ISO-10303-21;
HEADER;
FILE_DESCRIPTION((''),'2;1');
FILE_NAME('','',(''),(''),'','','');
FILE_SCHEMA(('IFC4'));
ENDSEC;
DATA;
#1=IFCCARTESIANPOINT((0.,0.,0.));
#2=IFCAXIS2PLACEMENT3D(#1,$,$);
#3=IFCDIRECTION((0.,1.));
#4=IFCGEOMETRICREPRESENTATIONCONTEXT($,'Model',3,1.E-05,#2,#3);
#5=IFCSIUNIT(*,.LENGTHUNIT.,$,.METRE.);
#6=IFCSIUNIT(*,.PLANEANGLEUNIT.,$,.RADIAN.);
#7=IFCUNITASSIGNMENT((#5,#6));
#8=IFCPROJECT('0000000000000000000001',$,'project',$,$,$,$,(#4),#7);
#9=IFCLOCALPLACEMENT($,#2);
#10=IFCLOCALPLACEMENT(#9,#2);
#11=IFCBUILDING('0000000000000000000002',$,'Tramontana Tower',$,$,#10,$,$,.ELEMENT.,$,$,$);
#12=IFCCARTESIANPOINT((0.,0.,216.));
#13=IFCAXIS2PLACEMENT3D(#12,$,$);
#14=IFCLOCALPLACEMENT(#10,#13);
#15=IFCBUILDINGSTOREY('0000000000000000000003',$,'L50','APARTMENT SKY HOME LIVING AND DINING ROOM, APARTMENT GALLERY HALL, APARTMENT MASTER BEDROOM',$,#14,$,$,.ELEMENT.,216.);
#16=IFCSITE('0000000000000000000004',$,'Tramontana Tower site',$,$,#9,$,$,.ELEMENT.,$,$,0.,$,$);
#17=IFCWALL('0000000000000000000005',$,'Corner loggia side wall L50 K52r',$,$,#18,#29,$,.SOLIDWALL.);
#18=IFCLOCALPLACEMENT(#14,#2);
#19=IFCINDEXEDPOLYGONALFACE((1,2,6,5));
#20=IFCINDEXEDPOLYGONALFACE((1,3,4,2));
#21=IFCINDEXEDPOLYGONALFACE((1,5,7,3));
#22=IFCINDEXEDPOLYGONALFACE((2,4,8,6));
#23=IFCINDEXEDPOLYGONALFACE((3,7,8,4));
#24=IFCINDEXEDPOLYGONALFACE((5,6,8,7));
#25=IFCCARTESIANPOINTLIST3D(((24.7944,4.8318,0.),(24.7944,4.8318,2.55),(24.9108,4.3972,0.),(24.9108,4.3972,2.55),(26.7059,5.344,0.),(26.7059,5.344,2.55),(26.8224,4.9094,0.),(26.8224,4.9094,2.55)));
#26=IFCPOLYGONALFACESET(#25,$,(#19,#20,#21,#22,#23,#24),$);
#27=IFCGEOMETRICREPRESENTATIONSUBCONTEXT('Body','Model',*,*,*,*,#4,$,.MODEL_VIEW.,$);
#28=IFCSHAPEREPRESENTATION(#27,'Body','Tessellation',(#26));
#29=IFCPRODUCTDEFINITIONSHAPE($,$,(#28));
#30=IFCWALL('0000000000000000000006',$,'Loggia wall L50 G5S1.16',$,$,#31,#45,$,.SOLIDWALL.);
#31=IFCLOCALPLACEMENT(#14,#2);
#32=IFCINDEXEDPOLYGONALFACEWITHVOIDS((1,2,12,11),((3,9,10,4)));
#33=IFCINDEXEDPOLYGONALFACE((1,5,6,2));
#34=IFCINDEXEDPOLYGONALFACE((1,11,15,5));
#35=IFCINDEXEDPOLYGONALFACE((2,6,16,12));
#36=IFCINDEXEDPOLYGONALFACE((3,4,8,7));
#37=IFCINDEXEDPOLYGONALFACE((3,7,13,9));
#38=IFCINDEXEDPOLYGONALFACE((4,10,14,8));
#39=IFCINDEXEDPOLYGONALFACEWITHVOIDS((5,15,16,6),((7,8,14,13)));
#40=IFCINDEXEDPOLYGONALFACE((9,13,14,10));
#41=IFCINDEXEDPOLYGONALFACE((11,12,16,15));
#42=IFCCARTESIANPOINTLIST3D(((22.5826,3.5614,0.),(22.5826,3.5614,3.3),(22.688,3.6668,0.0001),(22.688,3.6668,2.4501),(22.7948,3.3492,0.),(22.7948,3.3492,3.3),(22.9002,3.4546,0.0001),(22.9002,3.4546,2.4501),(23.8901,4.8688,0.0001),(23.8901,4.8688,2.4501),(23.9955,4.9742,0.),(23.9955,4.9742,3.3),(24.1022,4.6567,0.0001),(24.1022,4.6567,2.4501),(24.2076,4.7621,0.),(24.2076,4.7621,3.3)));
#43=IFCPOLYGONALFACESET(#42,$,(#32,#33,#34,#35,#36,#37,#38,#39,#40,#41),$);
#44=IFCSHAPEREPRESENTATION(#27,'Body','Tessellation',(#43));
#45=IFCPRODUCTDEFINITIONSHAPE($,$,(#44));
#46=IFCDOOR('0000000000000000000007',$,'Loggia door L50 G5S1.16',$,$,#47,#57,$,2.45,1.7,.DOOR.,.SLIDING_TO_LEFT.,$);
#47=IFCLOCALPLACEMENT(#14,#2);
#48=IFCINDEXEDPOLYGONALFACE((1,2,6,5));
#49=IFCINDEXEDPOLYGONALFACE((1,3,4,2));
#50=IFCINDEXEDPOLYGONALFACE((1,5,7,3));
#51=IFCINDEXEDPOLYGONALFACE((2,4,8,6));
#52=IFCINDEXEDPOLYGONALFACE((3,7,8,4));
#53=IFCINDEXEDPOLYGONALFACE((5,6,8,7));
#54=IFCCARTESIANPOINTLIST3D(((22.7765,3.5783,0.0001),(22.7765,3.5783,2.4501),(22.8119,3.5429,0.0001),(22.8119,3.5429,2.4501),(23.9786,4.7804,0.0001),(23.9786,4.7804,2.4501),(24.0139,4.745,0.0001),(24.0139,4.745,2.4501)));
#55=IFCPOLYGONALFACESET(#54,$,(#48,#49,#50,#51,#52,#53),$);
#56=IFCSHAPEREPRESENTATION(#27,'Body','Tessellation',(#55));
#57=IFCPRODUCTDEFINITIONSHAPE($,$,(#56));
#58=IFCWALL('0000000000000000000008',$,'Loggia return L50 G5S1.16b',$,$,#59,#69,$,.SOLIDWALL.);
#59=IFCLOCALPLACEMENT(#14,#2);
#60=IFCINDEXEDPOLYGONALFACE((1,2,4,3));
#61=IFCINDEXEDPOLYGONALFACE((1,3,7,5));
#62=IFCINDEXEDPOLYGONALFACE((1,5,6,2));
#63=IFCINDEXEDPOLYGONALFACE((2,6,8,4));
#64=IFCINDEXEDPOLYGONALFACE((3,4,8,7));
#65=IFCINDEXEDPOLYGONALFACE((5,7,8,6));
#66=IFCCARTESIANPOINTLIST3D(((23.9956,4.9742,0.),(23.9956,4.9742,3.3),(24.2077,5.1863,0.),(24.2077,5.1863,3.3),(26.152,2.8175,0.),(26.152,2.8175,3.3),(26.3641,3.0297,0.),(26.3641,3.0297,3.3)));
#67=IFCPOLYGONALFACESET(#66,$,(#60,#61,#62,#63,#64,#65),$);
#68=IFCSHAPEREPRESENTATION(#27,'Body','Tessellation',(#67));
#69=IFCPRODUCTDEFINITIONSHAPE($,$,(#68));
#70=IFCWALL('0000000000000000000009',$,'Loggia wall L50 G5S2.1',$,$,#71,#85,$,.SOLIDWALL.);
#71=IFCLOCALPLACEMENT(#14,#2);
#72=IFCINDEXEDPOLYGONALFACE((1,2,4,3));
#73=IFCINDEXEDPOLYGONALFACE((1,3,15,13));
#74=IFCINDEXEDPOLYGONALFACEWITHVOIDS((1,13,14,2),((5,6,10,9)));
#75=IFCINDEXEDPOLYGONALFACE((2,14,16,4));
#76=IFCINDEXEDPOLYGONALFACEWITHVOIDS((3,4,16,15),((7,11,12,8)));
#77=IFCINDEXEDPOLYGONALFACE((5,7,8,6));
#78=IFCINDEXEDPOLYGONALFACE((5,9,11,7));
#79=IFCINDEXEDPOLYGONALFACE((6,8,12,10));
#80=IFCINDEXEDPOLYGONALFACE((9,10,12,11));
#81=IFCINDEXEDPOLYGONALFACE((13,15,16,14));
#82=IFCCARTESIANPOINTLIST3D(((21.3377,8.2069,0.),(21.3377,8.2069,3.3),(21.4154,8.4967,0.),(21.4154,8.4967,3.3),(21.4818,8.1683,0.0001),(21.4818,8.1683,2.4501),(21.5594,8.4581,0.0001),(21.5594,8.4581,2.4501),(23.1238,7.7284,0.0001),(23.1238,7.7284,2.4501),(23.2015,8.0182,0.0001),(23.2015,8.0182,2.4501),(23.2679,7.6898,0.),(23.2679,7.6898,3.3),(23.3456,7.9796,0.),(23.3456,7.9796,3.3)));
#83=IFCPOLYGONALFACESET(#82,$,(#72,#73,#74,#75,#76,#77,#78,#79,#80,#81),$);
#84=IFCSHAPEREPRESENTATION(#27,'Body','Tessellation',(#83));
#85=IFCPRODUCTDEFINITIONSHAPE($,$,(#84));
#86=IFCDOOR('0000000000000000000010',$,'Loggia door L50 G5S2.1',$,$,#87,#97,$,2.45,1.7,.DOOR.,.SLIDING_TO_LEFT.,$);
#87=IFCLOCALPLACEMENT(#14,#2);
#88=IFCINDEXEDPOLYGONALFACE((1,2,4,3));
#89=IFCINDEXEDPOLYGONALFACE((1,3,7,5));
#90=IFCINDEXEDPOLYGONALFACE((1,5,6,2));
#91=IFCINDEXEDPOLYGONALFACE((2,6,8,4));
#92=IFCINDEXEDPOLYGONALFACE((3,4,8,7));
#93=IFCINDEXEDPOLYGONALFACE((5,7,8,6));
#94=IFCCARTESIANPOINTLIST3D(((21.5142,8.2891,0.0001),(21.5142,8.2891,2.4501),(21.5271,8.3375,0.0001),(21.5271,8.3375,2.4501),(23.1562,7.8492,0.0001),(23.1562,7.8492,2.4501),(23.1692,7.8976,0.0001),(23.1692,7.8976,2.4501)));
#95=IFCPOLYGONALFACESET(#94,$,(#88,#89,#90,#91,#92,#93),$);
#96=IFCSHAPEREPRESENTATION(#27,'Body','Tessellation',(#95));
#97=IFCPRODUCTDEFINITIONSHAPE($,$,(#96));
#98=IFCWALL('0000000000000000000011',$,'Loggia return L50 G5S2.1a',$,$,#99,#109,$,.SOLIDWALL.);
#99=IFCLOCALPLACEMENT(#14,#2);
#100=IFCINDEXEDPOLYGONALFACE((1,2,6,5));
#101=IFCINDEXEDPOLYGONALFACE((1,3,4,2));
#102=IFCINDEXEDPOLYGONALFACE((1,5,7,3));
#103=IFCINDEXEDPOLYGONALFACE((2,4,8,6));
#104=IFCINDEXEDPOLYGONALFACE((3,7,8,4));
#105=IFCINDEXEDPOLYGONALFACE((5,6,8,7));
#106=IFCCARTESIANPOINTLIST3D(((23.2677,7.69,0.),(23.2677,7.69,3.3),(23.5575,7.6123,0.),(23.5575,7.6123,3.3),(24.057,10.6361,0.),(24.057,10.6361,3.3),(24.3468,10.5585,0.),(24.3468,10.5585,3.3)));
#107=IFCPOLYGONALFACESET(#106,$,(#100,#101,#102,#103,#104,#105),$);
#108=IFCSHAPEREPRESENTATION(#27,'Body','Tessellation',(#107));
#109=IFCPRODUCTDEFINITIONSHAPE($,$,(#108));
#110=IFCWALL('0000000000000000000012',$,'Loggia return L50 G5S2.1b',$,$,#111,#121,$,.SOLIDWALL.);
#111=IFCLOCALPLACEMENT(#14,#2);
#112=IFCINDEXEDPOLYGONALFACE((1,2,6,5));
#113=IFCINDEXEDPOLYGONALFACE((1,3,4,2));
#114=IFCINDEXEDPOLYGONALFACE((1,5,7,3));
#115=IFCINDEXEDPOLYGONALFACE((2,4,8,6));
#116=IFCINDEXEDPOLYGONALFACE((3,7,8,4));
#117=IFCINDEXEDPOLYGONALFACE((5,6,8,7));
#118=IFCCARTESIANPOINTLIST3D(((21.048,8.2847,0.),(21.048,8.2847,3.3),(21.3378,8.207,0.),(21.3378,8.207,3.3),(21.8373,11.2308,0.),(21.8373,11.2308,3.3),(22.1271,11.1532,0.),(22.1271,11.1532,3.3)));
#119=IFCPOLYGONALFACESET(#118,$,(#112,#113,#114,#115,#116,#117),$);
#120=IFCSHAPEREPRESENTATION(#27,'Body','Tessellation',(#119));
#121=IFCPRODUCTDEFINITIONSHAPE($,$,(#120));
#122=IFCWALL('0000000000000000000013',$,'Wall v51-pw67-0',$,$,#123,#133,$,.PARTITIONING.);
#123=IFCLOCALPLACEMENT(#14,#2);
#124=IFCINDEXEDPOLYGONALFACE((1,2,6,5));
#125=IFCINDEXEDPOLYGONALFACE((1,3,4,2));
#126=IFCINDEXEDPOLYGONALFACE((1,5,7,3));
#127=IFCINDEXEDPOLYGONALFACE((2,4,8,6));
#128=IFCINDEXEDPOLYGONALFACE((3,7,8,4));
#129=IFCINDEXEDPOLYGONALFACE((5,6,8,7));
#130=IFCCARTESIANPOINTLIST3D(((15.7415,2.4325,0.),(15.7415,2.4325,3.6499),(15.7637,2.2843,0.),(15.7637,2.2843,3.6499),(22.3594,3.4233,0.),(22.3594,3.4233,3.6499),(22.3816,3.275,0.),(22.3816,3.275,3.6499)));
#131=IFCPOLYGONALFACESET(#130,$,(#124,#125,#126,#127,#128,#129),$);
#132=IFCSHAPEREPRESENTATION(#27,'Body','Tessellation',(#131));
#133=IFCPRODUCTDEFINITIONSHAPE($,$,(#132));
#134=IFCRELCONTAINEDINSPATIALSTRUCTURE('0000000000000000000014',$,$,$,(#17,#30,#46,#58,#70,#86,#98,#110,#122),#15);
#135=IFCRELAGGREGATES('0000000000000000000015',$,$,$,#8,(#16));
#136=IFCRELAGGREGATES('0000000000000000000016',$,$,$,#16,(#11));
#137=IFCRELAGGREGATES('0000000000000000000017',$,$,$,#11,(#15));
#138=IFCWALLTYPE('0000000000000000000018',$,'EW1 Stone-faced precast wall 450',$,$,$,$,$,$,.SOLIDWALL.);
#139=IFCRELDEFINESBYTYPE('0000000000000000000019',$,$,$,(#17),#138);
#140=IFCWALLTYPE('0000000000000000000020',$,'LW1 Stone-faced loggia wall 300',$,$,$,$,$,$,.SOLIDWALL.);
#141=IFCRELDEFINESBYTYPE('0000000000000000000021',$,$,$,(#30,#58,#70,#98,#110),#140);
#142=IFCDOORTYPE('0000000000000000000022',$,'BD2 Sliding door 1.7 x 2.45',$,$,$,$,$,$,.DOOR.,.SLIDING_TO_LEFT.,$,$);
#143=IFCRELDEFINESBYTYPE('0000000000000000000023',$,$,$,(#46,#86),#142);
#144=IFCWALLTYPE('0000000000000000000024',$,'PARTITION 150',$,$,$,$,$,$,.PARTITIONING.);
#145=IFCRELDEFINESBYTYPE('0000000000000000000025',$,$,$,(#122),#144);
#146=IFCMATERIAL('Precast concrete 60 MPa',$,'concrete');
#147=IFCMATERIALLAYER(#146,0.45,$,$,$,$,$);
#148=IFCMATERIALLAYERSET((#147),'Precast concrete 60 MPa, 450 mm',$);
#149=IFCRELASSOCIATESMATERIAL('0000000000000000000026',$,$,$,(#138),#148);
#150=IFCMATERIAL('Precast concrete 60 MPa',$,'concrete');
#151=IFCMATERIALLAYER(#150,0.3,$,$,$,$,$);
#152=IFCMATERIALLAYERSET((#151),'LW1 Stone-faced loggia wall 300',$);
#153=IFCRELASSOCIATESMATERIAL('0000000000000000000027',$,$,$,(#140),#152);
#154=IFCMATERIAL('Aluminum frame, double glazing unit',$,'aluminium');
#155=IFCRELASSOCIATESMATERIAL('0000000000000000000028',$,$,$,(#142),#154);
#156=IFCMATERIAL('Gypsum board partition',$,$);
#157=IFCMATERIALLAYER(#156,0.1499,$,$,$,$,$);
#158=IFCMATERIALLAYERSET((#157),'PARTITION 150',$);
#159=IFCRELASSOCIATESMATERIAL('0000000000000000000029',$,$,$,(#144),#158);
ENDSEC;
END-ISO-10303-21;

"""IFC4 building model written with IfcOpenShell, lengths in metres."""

from ifc_helpers import new_model, si_unit, direction, frame, frame_2d, origin, place, context, subcontext, project, spatial, rectangle, extrude, material, layer, layer_set, type_object, element, fill, save


model = new_model("IFC4")

# Units and contexts
model_context = context("Model", 3, precision=1e-05, world=origin(), true_north=direction((0.0, 1.0)))
body_context = subcontext(model_context, "Body", "Model", "MODEL_VIEW")
ifc_project = project(units=[si_unit("LENGTHUNIT", "METRE"), si_unit("PLANEANGLEUNIT", "RADIAN")], contexts=[model_context])

# Site, building, storey
site_placement = place(None, origin())
site = spatial("IfcSite", under=ifc_project, at=site_placement, Name="Tramontana Tower site", CompositionType="ELEMENT", RefElevation=0.0)
building_placement = place(site_placement, origin())
building = spatial("IfcBuilding", under=site, at=building_placement, Name="Tramontana Tower", CompositionType="ELEMENT")
storey_placement = place(building_placement, frame((0.0, 0.0, 216.0)))
storey = spatial("IfcBuildingStorey", under=building, at=storey_placement, Name="L50", Description="APARTMENT SKY HOME LIVING AND DINING ROOM, APARTMENT GALLERY HALL, APARTMENT MASTER BEDROOM", CompositionType="ELEMENT", Elevation=216.0)

# Shared definitions
ifc_material_1 = material(Name="Precast concrete 60 MPa", Category="concrete")
ifc_layer_1 = layer(ifc_material_1, 0.45)
ifc_layer_set_1 = layer_set([ifc_layer_1], Name="Precast concrete 60 MPa, 450 mm")
wall_type_1 = type_object("IfcWallType", Name="EW1 Stone-faced precast wall 450", PredefinedType="SOLIDWALL", material=ifc_layer_set_1)

# Wall
wall_1_placement = place(storey_placement, frame((26.7642, 5.1267, 0.0), z_axis=(0.0, 0.0, 1.0), x_axis=(-0.965927, -0.258814, 0.0)))
element("IfcWall", 1, at=wall_1_placement, inside=storey, type_object=wall_type_1, Name="Corner loggia side wall L50 K52r", PredefinedType="SOLIDWALL", context=body_context, shape_type="SweptSolid", body=[
    extrude(rectangle(XDim=1.979, YDim=0.45, at=frame_2d((0.9895, 0.0))), origin(), (0.0, 0.0, 1.0), 2.55),
])

# Wall, opening, door
ifc_material_2 = material(Name="Precast concrete 60 MPa", Category="concrete")
ifc_layer_2 = layer(ifc_material_2, 0.3)
ifc_layer_set_2 = layer_set([ifc_layer_2], Name="LW1 Stone-faced loggia wall 300")
wall_type_2 = type_object("IfcWallType", Name="LW1 Stone-faced loggia wall 300", PredefinedType="SOLIDWALL", material=ifc_layer_set_2)
wall_2_placement = place(storey_placement, frame((22.6887, 3.4553, 0.0), z_axis=(0.0, 0.0, 1.0), x_axis=(0.707107, 0.707107, 0.0)))
wall_2 = element("IfcWall", 2, at=wall_2_placement, inside=storey, type_object=wall_type_2, Name="Loggia wall L50 G5S1.16", PredefinedType="SOLIDWALL", context=body_context, shape_type="SweptSolid", body=[
    extrude(rectangle(XDim=1.998, YDim=0.3, at=frame_2d((0.999, 0.0))), origin(), (0.0, 0.0, 1.0), 3.3),
])
opening_1_placement = place(wall_2_placement, frame((0.1489, 0.0, 0.0)))
opening_1 = element("IfcOpeningElement", 3, at=opening_1_placement, cuts=wall_2, PredefinedType="OPENING", context=body_context, shape_type="SweptSolid", body=[
    extrude(rectangle(XDim=1.7, YDim=2.45, at=frame_2d((0.8501, 1.2251))), frame((0.0, 0.1599, 0.0), z_axis=(0.0, -1.0, 0.0), x_axis=(1.0, 0.0, 0.0)), (0.0, 0.0, 1.0), 0.3201),
])
ifc_material_3 = material(Name="Aluminum frame, double glazing unit", Category="aluminium")
door_type_1 = type_object("IfcDoorType", Name="BD2 Sliding door 1.7 x 2.45", OperationType="SLIDING_TO_LEFT", PredefinedType="DOOR", material=ifc_material_3)
door_1_placement = place(opening_1_placement, origin())
door_1 = element("IfcDoor", 4, at=door_1_placement, inside=storey, type_object=door_type_1, Name="Loggia door L50 G5S1.16", OperationType="SLIDING_TO_LEFT", OverallHeight=2.45, OverallWidth=1.7, PredefinedType="DOOR", context=body_context, shape_type="SweptSolid", body=[
    extrude(rectangle(XDim=1.7, YDim=2.45, at=frame_2d((0.8501, 1.2251))), frame((0.0, 0.0249, 0.0), z_axis=(0.0, -1.0, 0.0), x_axis=(1.0, 0.0, 0.0)), (0.0, 0.0, 1.0), 0.05),
])
fill(opening_1, door_1)

# Wall
wall_3_placement = place(storey_placement, frame((26.2581, 2.9236, 0.0), z_axis=(0.0, 0.0, 1.0), x_axis=(-0.707067, 0.707147, 0.0)))
element("IfcWall", 5, at=wall_3_placement, inside=storey, type_object=wall_type_2, Name="Loggia return L50 G5S1.16b", PredefinedType="SOLIDWALL", context=body_context, shape_type="SweptSolid", body=[
    extrude(rectangle(XDim=3.0498, YDim=0.3, at=frame_2d((1.5249, 0.0))), origin(), (0.0, 0.0, 1.0), 3.3),
])

# Wall, opening, door
wall_4_placement = place(storey_placement, frame((23.3066, 7.8347, 0.0), z_axis=(0.0, 0.0, 1.0), x_axis=(-0.965938, 0.258773, 0.0)))
wall_4 = element("IfcWall", 6, at=wall_4_placement, inside=storey, type_object=wall_type_2, Name="Loggia wall L50 G5S2.1", PredefinedType="SOLIDWALL", context=body_context, shape_type="SweptSolid", body=[
    extrude(rectangle(XDim=1.9983, YDim=0.3, at=frame_2d((0.999, 0.0))), origin(), (0.0, 0.0, 1.0), 3.3),
])
opening_2_placement = place(wall_4_placement, frame((0.1489, 0.0, 0.0)))
opening_2 = element("IfcOpeningElement", 7, at=opening_2_placement, cuts=wall_4, PredefinedType="OPENING", context=body_context, shape_type="SweptSolid", body=[
    extrude(rectangle(XDim=1.7, YDim=2.45, at=frame_2d((0.8501, 1.2251))), frame((0.0, 0.1599, 0.0), z_axis=(0.0, -1.0, 0.0), x_axis=(1.0, 0.0, 0.0)), (0.0, 0.0, 1.0), 0.3201),
])
door_2_placement = place(opening_2_placement, origin())
door_2 = element("IfcDoor", 8, at=door_2_placement, inside=storey, type_object=door_type_1, Name="Loggia door L50 G5S2.1", OperationType="SLIDING_TO_LEFT", OverallHeight=2.45, OverallWidth=1.7, PredefinedType="DOOR", context=body_context, shape_type="SweptSolid", body=[
    extrude(rectangle(XDim=1.7, YDim=2.45, at=frame_2d((0.8501, 1.2251))), frame((0.0, 0.0249, 0.0), z_axis=(0.0, -1.0, 0.0), x_axis=(1.0, 0.0, 0.0)), (0.0, 0.0, 1.0), 0.05),
])
fill(opening_2, door_2)

# Walls
for number, where, z_axis, x_axis, name in (
    (9, (24.2019, 10.5972, 0.0), (0.0, 0.0, 1.0), (-0.258793, -0.965933, 0.0), "Loggia return L50 G5S2.1a"),
    (10, (21.9822, 11.1919, 0.0), (0.0, 0.0, 1.0), (-0.258793, -0.965933, 0.0), "Loggia return L50 G5S2.1b"),
):
    element("IfcWall", number, at=place(storey_placement, frame(where, z_axis=z_axis, x_axis=x_axis)), inside=storey, type_object=wall_type_2, Name=name, PredefinedType="SOLIDWALL", context=body_context, shape_type="SweptSolid", body=[
        extrude(rectangle(XDim=3.05, YDim=0.3, at=frame_2d((1.5249, 0.0))), origin(), (0.0, 0.0, 1.0), 3.3),
    ])
ifc_material_4 = material(Name="Gypsum board partition")
ifc_layer_3 = layer(ifc_material_4, 0.1499)
ifc_layer_set_3 = layer_set([ifc_layer_3], Name="PARTITION 150")
wall_type_3 = type_object("IfcWallType", Name="PARTITION 150", PredefinedType="PARTITIONING", material=ifc_layer_set_3)
wall_5_placement = place(storey_placement, frame((22.3704, 3.3491, 0.0), z_axis=(0.0, 0.0, 1.0), x_axis=(-0.988979, -0.148053, 0.0)))
element("IfcWall", 11, at=wall_5_placement, inside=storey, type_object=wall_type_3, Name="Wall v51-pw67-0", PredefinedType="PARTITIONING", context=body_context, shape_type="SweptSolid", body=[
    extrude(rectangle(XDim=6.6917, YDim=0.1499, at=frame_2d((3.3457, 0.0))), origin(), (0.0, 0.0, 1.0), 3.6499),
])

save(model, "model.ifc")
